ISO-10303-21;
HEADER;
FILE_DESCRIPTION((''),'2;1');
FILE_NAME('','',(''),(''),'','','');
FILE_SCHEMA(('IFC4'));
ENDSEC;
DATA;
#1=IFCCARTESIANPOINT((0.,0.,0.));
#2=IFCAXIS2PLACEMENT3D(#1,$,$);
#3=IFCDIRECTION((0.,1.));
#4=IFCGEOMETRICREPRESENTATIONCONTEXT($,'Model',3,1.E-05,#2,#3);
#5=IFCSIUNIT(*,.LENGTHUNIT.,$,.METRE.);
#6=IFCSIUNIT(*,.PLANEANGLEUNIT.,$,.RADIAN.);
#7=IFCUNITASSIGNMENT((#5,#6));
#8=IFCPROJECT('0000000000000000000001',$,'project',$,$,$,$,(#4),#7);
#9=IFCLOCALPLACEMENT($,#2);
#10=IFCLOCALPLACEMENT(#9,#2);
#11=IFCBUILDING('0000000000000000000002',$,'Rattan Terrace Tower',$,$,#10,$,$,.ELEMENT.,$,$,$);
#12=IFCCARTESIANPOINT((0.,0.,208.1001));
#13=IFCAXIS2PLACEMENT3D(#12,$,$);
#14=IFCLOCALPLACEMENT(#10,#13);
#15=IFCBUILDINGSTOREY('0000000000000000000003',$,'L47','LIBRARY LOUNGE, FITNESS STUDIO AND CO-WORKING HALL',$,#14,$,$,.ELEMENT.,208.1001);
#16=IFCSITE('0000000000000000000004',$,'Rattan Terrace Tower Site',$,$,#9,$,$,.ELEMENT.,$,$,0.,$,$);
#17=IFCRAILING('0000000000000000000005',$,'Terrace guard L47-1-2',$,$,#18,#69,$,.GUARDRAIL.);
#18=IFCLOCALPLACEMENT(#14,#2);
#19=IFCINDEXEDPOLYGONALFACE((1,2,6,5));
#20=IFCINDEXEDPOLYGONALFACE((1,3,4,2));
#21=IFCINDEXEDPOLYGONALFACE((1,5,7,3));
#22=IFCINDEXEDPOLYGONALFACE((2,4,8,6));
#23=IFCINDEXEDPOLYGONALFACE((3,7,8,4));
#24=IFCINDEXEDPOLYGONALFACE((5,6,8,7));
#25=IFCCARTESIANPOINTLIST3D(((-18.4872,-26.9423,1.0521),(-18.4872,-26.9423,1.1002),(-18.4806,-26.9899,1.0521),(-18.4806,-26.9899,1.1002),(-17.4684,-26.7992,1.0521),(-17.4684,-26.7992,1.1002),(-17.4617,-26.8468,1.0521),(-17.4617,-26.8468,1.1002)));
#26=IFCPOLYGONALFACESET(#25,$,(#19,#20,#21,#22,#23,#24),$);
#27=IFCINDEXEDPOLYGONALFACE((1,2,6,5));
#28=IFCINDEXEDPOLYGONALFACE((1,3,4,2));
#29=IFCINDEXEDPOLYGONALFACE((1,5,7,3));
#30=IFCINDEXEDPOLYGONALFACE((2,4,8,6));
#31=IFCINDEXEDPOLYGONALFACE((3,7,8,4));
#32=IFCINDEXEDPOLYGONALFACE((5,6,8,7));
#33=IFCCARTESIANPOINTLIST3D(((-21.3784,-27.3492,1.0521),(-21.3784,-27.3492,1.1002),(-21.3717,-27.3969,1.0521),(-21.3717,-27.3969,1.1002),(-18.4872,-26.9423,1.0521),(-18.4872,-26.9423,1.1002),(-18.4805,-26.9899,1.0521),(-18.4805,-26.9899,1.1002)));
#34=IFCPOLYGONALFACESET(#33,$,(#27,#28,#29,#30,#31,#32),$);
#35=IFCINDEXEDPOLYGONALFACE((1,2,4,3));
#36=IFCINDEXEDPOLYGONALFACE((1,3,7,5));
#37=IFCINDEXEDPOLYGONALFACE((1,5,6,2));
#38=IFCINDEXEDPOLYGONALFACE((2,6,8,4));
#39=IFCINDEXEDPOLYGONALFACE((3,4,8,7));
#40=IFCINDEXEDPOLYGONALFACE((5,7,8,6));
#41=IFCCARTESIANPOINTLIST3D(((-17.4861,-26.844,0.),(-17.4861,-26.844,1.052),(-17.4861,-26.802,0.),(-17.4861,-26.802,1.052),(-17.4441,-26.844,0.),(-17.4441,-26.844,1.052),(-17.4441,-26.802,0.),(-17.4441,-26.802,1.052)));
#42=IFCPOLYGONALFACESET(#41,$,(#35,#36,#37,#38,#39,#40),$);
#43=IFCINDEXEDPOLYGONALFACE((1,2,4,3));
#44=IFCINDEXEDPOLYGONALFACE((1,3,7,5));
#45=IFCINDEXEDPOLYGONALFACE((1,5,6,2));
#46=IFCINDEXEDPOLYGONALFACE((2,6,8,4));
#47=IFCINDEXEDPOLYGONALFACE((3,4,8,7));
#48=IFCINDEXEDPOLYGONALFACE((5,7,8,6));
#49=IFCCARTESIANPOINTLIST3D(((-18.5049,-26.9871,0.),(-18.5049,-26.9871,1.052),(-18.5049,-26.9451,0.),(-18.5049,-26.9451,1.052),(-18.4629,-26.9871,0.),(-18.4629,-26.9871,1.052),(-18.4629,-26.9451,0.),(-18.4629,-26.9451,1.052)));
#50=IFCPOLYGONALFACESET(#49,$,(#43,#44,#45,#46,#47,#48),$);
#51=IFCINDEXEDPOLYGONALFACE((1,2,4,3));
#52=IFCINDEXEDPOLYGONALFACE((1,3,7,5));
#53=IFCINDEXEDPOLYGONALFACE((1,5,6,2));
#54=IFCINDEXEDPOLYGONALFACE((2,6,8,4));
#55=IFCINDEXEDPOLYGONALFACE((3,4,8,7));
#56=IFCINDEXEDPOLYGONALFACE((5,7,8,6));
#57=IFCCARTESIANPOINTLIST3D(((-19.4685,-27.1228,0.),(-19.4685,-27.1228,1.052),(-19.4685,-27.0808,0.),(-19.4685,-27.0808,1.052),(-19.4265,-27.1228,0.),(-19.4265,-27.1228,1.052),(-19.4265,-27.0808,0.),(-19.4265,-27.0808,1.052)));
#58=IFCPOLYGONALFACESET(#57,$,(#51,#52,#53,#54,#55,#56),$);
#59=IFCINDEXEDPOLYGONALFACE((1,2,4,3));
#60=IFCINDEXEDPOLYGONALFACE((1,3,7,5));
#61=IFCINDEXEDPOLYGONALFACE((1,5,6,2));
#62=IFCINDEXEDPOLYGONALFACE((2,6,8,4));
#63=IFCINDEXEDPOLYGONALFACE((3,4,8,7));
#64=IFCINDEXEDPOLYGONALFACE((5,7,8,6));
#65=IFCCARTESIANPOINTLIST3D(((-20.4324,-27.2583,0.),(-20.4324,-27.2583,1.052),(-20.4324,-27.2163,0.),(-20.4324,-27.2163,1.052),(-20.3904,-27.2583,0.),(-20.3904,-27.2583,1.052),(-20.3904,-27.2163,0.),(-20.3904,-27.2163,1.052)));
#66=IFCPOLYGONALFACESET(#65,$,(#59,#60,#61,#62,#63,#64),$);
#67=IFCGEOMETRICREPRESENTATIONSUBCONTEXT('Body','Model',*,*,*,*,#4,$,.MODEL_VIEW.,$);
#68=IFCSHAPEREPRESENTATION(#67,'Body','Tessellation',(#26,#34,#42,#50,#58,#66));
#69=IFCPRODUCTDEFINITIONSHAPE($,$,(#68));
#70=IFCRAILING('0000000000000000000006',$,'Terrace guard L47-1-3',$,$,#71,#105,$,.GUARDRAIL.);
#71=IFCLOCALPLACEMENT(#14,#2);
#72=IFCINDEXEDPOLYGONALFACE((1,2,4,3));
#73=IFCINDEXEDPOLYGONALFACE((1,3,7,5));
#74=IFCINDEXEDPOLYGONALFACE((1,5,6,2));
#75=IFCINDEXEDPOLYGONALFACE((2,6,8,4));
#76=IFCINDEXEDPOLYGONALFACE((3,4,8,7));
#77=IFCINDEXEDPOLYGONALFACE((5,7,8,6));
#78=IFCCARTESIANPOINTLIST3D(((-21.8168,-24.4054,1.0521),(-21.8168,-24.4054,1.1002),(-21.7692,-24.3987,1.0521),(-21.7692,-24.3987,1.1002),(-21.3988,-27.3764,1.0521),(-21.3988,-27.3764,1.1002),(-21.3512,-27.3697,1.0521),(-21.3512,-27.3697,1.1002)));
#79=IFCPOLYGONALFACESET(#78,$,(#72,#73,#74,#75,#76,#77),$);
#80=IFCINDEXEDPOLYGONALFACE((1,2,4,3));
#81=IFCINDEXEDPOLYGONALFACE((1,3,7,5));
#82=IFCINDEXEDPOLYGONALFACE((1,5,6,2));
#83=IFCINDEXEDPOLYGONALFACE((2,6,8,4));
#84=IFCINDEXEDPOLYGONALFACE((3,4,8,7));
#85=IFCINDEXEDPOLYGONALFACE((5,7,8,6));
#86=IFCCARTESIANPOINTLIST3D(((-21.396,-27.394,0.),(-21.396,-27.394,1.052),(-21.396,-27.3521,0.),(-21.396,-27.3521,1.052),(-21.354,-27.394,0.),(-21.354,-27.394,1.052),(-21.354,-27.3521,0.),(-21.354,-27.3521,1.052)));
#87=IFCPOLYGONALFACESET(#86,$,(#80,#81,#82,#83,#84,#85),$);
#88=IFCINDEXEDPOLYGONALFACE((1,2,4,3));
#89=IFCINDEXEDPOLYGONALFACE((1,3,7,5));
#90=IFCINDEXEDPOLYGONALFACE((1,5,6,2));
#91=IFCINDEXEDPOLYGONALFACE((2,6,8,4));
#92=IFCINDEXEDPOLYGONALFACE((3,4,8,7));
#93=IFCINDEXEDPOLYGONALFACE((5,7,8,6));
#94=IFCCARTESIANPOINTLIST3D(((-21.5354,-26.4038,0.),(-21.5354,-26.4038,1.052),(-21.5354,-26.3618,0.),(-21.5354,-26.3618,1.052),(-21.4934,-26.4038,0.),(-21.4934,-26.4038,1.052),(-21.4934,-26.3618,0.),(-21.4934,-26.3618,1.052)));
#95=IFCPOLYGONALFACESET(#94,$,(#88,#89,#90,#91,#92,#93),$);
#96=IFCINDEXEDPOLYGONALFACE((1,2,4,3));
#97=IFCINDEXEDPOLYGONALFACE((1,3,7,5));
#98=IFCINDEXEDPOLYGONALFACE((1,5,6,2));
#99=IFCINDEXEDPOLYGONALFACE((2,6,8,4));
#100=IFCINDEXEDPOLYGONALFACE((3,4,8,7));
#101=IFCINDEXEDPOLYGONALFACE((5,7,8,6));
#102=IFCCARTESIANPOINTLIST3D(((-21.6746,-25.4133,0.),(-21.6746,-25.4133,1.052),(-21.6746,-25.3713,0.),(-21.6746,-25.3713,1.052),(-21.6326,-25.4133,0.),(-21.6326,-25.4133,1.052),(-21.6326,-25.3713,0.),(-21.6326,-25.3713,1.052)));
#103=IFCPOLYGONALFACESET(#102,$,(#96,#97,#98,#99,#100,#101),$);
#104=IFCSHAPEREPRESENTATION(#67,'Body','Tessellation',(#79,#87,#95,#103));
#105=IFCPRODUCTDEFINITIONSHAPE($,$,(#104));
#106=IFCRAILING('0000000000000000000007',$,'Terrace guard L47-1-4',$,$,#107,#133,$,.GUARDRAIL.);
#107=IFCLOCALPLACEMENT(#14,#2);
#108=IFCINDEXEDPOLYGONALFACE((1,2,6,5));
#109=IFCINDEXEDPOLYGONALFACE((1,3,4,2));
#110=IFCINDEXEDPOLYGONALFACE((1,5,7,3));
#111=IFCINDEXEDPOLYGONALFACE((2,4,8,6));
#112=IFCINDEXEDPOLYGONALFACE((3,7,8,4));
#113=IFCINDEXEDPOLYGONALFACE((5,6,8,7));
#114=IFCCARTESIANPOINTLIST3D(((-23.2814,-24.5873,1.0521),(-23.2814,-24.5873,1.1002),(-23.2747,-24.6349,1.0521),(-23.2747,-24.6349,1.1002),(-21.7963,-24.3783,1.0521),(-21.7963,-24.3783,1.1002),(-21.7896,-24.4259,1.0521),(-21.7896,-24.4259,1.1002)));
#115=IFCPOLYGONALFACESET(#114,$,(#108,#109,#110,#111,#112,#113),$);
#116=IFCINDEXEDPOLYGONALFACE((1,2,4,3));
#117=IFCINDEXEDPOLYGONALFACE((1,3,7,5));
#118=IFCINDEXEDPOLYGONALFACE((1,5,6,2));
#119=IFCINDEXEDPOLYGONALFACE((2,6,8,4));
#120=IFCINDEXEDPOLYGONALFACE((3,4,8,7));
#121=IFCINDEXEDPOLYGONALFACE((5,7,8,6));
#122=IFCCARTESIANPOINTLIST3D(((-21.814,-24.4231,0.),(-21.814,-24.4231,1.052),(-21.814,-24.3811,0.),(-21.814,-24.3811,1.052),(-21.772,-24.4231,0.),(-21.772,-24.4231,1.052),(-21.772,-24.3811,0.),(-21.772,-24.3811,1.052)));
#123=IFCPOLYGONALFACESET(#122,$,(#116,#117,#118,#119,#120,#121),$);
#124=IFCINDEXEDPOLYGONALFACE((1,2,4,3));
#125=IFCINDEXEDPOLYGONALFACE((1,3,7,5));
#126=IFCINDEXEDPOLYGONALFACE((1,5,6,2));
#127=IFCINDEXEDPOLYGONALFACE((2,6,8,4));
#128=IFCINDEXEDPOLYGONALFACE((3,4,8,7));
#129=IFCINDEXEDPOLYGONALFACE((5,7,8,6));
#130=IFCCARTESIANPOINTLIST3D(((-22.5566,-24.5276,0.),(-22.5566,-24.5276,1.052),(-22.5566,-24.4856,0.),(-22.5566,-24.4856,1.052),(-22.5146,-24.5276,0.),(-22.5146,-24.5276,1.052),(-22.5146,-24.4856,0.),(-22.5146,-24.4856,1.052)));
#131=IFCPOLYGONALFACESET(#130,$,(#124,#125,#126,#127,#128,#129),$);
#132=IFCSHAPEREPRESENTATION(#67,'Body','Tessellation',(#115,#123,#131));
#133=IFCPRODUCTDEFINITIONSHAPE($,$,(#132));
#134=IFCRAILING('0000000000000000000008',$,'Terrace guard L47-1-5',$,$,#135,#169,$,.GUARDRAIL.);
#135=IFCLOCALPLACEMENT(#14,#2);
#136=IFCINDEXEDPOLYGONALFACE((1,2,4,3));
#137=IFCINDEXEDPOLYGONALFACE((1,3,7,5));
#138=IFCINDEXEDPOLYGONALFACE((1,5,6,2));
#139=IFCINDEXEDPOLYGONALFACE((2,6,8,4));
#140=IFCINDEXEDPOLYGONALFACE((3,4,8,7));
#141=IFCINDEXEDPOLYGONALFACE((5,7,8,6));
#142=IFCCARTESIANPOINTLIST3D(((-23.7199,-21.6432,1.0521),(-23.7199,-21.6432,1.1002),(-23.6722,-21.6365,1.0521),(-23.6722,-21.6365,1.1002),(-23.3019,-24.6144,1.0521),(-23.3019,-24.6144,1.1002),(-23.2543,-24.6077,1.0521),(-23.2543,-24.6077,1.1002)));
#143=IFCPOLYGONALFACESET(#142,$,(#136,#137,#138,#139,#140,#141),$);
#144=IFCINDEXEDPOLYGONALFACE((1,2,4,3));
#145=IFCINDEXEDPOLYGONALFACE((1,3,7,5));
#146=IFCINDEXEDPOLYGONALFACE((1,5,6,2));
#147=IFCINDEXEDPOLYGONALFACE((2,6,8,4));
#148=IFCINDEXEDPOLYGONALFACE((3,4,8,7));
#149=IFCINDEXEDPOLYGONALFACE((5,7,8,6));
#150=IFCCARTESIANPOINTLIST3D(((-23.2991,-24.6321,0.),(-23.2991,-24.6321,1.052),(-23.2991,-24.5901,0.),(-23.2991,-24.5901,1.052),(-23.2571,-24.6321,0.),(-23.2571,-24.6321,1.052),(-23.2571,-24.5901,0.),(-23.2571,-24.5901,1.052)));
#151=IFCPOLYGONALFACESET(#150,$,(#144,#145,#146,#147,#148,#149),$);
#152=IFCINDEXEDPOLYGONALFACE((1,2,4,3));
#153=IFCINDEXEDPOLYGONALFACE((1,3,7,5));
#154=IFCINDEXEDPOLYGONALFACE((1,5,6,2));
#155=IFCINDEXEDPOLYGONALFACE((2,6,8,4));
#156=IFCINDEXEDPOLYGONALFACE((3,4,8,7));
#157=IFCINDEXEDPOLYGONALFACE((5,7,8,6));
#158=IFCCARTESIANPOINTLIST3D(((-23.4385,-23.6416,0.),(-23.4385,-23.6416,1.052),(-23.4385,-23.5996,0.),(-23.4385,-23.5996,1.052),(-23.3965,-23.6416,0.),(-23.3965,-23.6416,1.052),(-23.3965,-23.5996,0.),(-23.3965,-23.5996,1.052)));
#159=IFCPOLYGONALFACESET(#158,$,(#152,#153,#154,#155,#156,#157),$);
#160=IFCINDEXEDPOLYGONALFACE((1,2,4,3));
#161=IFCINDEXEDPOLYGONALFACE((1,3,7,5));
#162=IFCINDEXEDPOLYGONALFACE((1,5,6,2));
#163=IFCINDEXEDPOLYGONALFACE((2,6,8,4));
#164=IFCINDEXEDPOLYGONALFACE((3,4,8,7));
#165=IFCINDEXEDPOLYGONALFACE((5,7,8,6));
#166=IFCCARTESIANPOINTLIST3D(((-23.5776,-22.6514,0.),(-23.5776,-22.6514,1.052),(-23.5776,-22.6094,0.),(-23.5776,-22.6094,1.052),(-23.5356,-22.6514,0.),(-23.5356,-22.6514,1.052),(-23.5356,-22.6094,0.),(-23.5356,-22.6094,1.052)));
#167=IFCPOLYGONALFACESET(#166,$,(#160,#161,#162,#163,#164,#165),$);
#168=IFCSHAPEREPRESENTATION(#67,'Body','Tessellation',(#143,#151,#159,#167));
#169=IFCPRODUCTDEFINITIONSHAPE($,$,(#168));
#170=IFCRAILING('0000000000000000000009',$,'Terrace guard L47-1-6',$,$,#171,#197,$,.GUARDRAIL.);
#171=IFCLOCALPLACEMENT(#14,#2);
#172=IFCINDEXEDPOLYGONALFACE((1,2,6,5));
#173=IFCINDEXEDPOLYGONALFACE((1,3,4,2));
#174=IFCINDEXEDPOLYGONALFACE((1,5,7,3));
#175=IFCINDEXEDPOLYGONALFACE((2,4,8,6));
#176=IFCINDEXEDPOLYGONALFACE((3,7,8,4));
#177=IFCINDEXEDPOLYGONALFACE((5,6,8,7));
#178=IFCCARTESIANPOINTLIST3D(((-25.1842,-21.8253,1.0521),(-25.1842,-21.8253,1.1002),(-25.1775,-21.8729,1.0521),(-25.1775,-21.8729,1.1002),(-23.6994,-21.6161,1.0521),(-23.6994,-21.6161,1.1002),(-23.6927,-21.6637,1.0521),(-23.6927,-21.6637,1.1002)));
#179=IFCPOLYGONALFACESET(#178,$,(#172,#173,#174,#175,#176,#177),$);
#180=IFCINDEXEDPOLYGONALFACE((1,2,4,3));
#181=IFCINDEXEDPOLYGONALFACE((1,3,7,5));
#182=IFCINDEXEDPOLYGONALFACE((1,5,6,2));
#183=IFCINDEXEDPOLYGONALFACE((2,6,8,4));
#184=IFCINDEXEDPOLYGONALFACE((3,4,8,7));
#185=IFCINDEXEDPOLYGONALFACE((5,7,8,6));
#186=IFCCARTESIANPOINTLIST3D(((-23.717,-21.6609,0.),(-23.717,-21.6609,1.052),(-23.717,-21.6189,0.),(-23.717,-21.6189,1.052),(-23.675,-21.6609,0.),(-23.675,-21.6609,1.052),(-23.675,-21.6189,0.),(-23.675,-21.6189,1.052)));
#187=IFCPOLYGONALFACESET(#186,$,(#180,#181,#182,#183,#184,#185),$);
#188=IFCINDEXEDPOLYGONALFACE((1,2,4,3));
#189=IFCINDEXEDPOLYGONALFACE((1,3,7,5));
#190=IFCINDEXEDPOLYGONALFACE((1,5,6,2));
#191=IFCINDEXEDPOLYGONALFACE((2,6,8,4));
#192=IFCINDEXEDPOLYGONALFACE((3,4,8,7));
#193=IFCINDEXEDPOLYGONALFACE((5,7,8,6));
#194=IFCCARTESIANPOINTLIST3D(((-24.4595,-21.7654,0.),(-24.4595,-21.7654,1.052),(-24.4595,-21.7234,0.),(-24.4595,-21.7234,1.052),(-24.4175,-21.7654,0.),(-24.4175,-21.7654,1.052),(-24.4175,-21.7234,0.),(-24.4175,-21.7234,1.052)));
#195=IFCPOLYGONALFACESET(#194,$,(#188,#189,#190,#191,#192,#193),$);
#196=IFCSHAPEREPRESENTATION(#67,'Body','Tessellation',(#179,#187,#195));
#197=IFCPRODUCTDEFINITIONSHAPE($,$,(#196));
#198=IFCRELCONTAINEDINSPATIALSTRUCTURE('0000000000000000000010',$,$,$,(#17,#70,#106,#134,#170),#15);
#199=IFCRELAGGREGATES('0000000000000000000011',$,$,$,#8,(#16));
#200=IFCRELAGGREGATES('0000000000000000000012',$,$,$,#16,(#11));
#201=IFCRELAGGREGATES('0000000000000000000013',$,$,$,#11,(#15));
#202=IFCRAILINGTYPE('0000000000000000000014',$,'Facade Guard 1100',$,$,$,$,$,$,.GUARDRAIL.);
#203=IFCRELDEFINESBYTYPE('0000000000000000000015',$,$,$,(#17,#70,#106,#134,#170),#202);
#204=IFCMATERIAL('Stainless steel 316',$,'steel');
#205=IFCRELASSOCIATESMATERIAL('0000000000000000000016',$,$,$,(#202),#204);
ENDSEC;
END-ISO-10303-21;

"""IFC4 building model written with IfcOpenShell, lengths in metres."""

from ifc_helpers import new_model, si_unit, direction, frame, origin, origin_2d, place, context, subcontext, project, spatial, rectangle, extrude, material, type_object, element, save


model = new_model("IFC4")

# Units and contexts
model_context = context("Model", 3, precision=1e-05, world=origin(), true_north=direction((0.0, 1.0)))
body_context = subcontext(model_context, "Body", "Model", "MODEL_VIEW")
ifc_project = project(units=[si_unit("LENGTHUNIT", "METRE"), si_unit("PLANEANGLEUNIT", "RADIAN")], contexts=[model_context])

# Site, building, storey
site_placement = place(None, origin())
site = spatial("IfcSite", under=ifc_project, at=site_placement, Name="Rattan Terrace Tower Site", CompositionType="ELEMENT", RefElevation=0.0)
building_placement = place(site_placement, origin())
building = spatial("IfcBuilding", under=site, at=building_placement, Name="Rattan Terrace Tower", CompositionType="ELEMENT")
storey_placement = place(building_placement, frame((0.0, 0.0, 208.1001)))
storey = spatial("IfcBuildingStorey", under=building, at=storey_placement, Name="L47", Description="LIBRARY LOUNGE, FITNESS STUDIO AND CO-WORKING HALL", CompositionType="ELEMENT", Elevation=208.1001)

# Railings
ifc_material_1 = material(Name="Stainless steel 316", Category="steel")
railing_type = type_object("IfcRailingType", Name="Facade Guard 1100", PredefinedType="GUARDRAIL", material=ifc_material_1)
railing_1_placement = place(storey_placement, frame((-17.4651, -26.823, 0.0)))
element("IfcRailing", 1, at=railing_1_placement, inside=storey, type_object=railing_type, Name="Terrace guard L47-1-2", PredefinedType="GUARDRAIL", context=body_context, shape_type="SweptSolid", body=[
    extrude(rectangle(XDim=0.0481, YDim=0.0481, at=origin_2d()), frame((0.0, 0.0, 1.0762), z_axis=(-0.990284, -0.139062, 0.0), x_axis=(0.139062, -0.990284, 0.0)), (0.0, 0.0, 1.0), 1.0288),
    extrude(rectangle(XDim=0.0481, YDim=0.0481, at=origin_2d()), frame((-1.0188, -0.1431, 1.0762), z_axis=(-0.990237, -0.139396, 0.0), x_axis=(0.139396, -0.990237, 0.0)), (0.0, 0.0, 1.0), 2.9197),
    extrude(rectangle(XDim=0.042, YDim=0.042, at=origin_2d()), origin(), (0.0, 0.0, 1.0), 1.052),
    extrude(rectangle(XDim=0.042, YDim=0.042, at=origin_2d()), frame((-1.0188, -0.1431, 0.0)), (0.0, 0.0, 1.0), 1.052),
    extrude(rectangle(XDim=0.042, YDim=0.042, at=origin_2d()), frame((-1.9824, -0.2788, 0.0)), (0.0, 0.0, 1.0), 1.052),
    extrude(rectangle(XDim=0.042, YDim=0.042, at=origin_2d()), frame((-2.9463, -0.4143, 0.0)), (0.0, 0.0, 1.0), 1.052),
])
railing_2_placement = place(storey_placement, frame((-21.375, -27.373, 0.0)))
element("IfcRailing", 2, at=railing_2_placement, inside=storey, type_object=railing_type, Name="Terrace guard L47-1-3", PredefinedType="GUARDRAIL", context=body_context, shape_type="SweptSolid", body=[
    extrude(rectangle(XDim=0.0481, YDim=0.0481, at=origin_2d()), frame((0.0, 0.0, 1.0762), z_axis=(-0.139313, 0.990248, 0.0), x_axis=(-0.990248, -0.139313, 0.0)), (0.0, 0.0, 1.0), 3.0002),
    extrude(rectangle(XDim=0.042, YDim=0.042, at=origin_2d()), origin(), (0.0, 0.0, 1.0), 1.052),
    extrude(rectangle(XDim=0.042, YDim=0.042, at=origin_2d()), frame((-0.1394, 0.9902, 0.0)), (0.0, 0.0, 1.0), 1.052),
    extrude(rectangle(XDim=0.042, YDim=0.042, at=origin_2d()), frame((-0.2786, 1.9807, 0.0)), (0.0, 0.0, 1.0), 1.052),
])
railing_3_placement = place(storey_placement, frame((-21.793, -24.4021, 0.0)))
element("IfcRailing", 3, at=railing_3_placement, inside=storey, type_object=railing_type, Name="Terrace guard L47-1-4", PredefinedType="GUARDRAIL", context=body_context, shape_type="SweptSolid", body=[
    extrude(rectangle(XDim=0.0481, YDim=0.0481, at=origin_2d()), frame((0.0, 0.0, 1.0762), z_axis=(-0.990244, -0.139347, 0.0), x_axis=(0.139347, -0.990244, 0.0)), (0.0, 0.0, 1.0), 1.4998),
    extrude(rectangle(XDim=0.042, YDim=0.042, at=origin_2d()), origin(), (0.0, 0.0, 1.0), 1.052),
    extrude(rectangle(XDim=0.042, YDim=0.042, at=origin_2d()), frame((-0.7427, -0.1045, 0.0)), (0.0, 0.0, 1.0), 1.052),
])
railing_4_placement = place(storey_placement, frame((-23.2781, -24.6111, 0.0)))
element("IfcRailing", 4, at=railing_4_placement, inside=storey, type_object=railing_type, Name="Terrace guard L47-1-5", PredefinedType="GUARDRAIL", context=body_context, shape_type="SweptSolid", body=[
    extrude(rectangle(XDim=0.0481, YDim=0.0481, at=origin_2d()), frame((0.0, 0.0, 1.0762), z_axis=(-0.139302, 0.99025, 0.0), x_axis=(-0.99025, -0.139302, 0.0)), (0.0, 0.0, 1.0), 3.0005),
    extrude(rectangle(XDim=0.042, YDim=0.042, at=origin_2d()), origin(), (0.0, 0.0, 1.0), 1.052),
    extrude(rectangle(XDim=0.042, YDim=0.042, at=origin_2d()), frame((-0.1394, 0.9905, 0.0)), (0.0, 0.0, 1.0), 1.052),
    extrude(rectangle(XDim=0.042, YDim=0.042, at=origin_2d()), frame((-0.2786, 1.9807, 0.0)), (0.0, 0.0, 1.0), 1.052),
])
railing_5_placement = place(storey_placement, frame((-23.696, -21.6399, 0.0)))
element("IfcRailing", 5, at=railing_5_placement, inside=storey, type_object=railing_type, Name="Terrace guard L47-1-6", PredefinedType="GUARDRAIL", context=body_context, shape_type="SweptSolid", body=[
    extrude(rectangle(XDim=0.0481, YDim=0.0481, at=origin_2d()), frame((0.0, 0.0, 1.0762), z_axis=(-0.990218, -0.139529, 0.0), x_axis=(0.139529, -0.990218, 0.0)), (0.0, 0.0, 1.0), 1.4995),
    extrude(rectangle(XDim=0.042, YDim=0.042, at=origin_2d()), origin(), (0.0, 0.0, 1.0), 1.052),
    extrude(rectangle(XDim=0.042, YDim=0.042, at=origin_2d()), frame((-0.7424, -0.1045, 0.0)), (0.0, 0.0, 1.0), 1.052),
])

save(model, "model.ifc")
